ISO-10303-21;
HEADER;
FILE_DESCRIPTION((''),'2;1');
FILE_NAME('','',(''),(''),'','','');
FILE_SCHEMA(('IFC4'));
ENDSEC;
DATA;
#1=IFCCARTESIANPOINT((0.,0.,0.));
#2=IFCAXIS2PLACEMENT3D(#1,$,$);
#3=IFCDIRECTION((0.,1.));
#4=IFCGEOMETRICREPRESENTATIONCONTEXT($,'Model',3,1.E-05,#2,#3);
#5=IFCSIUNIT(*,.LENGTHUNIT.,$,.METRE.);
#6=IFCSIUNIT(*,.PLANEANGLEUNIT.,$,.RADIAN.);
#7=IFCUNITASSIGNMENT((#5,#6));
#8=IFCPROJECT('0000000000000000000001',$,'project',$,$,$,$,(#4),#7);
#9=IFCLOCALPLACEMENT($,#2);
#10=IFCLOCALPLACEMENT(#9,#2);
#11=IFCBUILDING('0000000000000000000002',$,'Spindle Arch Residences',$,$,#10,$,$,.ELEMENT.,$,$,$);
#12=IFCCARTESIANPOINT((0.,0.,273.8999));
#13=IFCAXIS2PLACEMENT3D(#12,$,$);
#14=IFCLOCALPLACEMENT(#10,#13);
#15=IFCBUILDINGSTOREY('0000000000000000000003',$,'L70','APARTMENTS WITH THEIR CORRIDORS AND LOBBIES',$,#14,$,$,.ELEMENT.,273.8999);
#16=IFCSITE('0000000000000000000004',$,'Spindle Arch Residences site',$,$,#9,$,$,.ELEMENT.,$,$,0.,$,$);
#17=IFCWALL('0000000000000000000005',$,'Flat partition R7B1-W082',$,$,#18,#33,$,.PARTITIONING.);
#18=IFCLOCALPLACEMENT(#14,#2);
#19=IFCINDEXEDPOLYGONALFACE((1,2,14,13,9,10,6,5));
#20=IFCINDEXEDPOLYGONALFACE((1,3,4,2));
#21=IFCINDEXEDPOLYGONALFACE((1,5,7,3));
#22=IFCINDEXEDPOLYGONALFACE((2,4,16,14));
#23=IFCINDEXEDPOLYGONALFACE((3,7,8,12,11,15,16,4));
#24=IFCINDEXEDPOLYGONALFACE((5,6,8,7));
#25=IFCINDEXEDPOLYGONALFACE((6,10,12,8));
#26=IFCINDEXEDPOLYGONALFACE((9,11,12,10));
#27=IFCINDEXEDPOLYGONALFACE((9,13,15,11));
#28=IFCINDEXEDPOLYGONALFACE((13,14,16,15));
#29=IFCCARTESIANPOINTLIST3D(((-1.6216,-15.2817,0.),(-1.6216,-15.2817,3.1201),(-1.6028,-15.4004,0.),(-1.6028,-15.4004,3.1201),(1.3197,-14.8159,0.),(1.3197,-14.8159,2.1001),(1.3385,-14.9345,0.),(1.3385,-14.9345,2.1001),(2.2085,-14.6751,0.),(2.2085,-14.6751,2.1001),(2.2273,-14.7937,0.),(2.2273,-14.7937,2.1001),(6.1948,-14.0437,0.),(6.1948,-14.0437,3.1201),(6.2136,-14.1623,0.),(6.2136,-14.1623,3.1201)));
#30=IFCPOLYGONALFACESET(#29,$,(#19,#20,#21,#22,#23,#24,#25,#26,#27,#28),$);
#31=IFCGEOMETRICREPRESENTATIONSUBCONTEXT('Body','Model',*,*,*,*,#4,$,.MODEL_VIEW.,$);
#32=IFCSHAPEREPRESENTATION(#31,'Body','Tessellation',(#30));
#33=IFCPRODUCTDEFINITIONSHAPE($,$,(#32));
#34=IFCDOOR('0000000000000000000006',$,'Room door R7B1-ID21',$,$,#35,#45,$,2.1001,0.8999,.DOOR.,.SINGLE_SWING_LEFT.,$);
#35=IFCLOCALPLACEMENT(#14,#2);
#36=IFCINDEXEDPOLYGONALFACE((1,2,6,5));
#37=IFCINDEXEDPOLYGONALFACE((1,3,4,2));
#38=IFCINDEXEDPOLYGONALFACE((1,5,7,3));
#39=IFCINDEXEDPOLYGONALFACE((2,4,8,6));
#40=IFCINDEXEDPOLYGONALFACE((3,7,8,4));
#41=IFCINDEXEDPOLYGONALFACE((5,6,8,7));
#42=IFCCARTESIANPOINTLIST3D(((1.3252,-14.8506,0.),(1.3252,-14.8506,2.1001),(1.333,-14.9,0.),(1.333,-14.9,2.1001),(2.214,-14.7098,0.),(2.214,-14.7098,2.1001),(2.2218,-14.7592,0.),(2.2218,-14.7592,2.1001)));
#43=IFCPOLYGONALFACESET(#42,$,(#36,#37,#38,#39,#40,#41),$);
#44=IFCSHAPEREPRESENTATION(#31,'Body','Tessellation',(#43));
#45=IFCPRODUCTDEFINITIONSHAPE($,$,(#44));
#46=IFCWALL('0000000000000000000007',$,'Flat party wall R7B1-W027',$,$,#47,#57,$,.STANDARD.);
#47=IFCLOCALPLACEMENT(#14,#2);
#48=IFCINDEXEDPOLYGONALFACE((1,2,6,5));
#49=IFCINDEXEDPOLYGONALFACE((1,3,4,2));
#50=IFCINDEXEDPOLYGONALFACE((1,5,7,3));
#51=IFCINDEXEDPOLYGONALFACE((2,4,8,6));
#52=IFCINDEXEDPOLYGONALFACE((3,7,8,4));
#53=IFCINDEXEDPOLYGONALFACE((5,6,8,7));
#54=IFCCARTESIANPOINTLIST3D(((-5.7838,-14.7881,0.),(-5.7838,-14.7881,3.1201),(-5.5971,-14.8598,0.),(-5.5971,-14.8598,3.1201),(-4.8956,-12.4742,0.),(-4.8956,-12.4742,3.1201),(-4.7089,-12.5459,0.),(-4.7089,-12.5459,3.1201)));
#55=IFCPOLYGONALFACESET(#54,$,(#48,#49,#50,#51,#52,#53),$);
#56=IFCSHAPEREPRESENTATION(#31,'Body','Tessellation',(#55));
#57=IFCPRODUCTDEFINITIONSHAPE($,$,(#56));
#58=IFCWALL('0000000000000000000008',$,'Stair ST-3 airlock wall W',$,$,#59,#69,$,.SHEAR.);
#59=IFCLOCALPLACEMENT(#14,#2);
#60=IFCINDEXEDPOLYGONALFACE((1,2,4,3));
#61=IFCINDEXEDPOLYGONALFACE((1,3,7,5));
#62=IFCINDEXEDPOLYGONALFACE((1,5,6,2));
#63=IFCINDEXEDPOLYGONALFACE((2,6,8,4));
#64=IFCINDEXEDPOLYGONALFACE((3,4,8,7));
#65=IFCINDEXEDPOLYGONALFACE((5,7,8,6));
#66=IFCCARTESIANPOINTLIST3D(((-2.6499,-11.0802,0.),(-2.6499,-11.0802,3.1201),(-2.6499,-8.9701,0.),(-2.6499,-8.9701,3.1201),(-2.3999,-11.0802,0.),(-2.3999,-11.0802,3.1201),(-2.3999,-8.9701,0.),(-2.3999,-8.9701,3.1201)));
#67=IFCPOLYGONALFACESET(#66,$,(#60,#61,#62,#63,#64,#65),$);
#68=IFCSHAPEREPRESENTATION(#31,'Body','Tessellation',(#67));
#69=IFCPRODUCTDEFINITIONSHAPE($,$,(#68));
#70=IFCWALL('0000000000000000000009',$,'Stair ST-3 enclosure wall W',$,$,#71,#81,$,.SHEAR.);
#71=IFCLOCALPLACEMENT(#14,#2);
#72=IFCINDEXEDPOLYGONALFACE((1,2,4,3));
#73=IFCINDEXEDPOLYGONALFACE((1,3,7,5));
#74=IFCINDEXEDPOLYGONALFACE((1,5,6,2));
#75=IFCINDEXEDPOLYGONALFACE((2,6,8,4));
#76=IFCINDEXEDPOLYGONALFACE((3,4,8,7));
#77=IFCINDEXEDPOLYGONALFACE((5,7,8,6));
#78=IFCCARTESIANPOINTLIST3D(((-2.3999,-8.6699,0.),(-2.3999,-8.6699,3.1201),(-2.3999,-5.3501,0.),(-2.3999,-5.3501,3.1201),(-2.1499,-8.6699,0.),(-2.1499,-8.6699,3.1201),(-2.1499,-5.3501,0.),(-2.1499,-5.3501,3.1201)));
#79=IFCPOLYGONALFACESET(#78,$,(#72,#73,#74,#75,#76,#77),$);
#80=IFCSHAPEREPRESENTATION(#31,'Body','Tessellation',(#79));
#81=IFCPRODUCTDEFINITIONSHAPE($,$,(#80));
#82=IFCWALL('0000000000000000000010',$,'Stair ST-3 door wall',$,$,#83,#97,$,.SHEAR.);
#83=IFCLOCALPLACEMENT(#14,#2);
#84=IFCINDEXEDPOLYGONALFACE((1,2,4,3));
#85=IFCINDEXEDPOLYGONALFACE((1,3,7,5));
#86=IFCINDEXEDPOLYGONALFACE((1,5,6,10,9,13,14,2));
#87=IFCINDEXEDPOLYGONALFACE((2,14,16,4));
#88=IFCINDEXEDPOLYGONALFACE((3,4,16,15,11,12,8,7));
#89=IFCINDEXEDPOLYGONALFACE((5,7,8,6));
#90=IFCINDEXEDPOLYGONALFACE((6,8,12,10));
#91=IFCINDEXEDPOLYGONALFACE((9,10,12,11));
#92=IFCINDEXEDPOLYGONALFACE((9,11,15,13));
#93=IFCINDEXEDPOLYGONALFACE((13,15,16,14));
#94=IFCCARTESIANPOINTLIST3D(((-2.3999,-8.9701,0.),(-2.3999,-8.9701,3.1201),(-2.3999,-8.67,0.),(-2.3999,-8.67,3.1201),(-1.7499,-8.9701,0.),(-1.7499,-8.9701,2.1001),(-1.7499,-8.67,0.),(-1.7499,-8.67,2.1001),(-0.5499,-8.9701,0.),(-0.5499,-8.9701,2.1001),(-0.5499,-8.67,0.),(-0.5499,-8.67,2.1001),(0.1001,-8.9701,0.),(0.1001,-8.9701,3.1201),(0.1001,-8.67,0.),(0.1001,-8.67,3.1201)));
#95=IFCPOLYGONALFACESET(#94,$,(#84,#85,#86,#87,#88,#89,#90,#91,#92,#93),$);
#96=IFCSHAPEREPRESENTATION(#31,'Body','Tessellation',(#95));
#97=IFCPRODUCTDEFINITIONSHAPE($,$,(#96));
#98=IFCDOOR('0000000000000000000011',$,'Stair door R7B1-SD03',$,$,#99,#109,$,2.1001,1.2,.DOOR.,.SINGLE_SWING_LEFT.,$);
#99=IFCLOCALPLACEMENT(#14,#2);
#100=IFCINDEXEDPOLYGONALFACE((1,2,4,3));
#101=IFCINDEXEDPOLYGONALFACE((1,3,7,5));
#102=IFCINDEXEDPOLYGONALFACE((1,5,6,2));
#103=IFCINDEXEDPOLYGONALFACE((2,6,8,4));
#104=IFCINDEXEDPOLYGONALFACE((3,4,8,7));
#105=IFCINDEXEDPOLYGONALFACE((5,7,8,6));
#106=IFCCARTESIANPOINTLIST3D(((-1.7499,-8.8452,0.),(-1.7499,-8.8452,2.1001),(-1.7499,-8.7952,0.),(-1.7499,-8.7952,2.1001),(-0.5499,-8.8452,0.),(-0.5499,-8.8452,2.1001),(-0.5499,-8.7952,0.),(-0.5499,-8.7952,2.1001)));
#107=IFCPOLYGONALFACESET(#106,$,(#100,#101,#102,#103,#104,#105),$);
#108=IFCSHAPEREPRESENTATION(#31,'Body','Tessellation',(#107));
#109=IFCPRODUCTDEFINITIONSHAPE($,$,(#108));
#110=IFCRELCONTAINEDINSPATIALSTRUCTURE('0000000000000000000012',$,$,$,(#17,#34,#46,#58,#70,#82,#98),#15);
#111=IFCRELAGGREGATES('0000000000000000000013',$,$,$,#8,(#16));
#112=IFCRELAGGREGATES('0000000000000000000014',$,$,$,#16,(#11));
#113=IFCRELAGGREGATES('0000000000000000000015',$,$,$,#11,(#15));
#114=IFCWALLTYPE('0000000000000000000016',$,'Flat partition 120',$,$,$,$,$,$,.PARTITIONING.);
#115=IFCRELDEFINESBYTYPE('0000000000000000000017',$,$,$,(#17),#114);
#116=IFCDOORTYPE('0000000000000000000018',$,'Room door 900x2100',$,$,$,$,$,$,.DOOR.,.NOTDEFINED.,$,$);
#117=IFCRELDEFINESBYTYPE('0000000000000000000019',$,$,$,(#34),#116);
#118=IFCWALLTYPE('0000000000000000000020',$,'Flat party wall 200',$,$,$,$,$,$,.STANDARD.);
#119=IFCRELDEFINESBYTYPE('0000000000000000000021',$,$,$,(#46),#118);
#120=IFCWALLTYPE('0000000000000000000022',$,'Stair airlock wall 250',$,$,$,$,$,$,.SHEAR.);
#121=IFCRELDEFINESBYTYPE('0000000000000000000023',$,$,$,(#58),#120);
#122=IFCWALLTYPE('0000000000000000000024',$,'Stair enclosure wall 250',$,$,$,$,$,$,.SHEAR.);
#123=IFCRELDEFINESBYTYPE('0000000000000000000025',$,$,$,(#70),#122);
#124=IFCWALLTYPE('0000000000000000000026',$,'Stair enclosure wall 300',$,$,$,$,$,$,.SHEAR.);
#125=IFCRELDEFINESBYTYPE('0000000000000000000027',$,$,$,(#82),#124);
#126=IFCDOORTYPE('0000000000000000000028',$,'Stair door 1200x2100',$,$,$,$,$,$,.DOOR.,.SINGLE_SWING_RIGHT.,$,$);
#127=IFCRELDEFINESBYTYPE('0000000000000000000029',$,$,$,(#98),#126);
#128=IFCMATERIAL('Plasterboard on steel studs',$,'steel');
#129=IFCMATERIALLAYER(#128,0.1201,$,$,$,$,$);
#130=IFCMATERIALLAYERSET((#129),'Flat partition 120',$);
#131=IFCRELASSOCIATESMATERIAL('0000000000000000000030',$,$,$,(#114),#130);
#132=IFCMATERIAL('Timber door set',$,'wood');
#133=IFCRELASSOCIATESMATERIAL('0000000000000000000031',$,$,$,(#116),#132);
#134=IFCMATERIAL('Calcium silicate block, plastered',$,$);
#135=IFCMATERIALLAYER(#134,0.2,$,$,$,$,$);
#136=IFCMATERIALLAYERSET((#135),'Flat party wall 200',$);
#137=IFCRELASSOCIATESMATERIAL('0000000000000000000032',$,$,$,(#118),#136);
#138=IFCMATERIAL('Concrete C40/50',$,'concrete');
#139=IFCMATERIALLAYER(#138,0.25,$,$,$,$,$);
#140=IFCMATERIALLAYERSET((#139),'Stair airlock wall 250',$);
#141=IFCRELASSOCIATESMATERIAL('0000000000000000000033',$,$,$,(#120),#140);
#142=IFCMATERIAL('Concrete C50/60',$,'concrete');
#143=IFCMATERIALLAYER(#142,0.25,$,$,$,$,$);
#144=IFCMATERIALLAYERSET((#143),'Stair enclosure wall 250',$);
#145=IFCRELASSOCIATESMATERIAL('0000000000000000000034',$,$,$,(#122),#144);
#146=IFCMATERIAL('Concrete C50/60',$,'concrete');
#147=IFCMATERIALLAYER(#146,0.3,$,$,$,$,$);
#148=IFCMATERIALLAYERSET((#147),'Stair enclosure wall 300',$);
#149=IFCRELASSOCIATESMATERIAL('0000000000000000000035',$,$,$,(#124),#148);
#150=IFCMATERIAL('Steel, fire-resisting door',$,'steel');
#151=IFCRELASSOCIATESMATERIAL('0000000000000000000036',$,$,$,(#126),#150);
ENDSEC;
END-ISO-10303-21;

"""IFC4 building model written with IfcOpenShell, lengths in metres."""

from ifc_helpers import new_model, si_unit, direction, frame, frame_2d, origin, place, context, subcontext, project, spatial, rectangle, extrude, material, layer, layer_set, type_object, element, fill, save


model = new_model("IFC4")

# Units and contexts
model_context = context("Model", 3, precision=1e-05, world=origin(), true_north=direction((0.0, 1.0)))
body_context = subcontext(model_context, "Body", "Model", "MODEL_VIEW")
ifc_project = project(units=[si_unit("LENGTHUNIT", "METRE"), si_unit("PLANEANGLEUNIT", "RADIAN")], contexts=[model_context])

# Site, building, storey
site_placement = place(None, origin())
site = spatial("IfcSite", under=ifc_project, at=site_placement, Name="Spindle Arch Residences site", CompositionType="ELEMENT", RefElevation=0.0)
building_placement = place(site_placement, origin())
building = spatial("IfcBuilding", under=site, at=building_placement, Name="Spindle Arch Residences", CompositionType="ELEMENT")
storey_placement = place(building_placement, frame((0.0, 0.0, 273.8999)))
storey = spatial("IfcBuildingStorey", under=building, at=storey_placement, Name="L70", Description="APARTMENTS WITH THEIR CORRIDORS AND LOBBIES", CompositionType="ELEMENT", Elevation=273.8999)

# Wall, opening, door
ifc_material_1 = material(Name="Plasterboard on steel studs", Category="steel")
ifc_layer_1 = layer(ifc_material_1, 0.1201)
ifc_layer_set_1 = layer_set([ifc_layer_1], Name="Flat partition 120")
wall_type_1 = type_object("IfcWallType", Name="Flat partition 120", PredefinedType="PARTITIONING", material=ifc_layer_set_1)
ifc_material_2 = material(Name="Timber door set", Category="wood")
door_type_1 = type_object("IfcDoorType", Name="Room door 900x2100", OperationType="NOTDEFINED", PredefinedType="DOOR", material=ifc_material_2)
wall_1_placement = place(storey_placement, frame((-1.6123, -15.3411, 0.0), z_axis=(0.0, 0.0, 1.0), x_axis=(0.987688, 0.156439, 0.0)))
wall_1 = element("IfcWall", 1, at=wall_1_placement, inside=storey, type_object=wall_type_1, Name="Flat partition R7B1-W082", PredefinedType="PARTITIONING", context=body_context, shape_type="SweptSolid", body=[
    extrude(rectangle(XDim=7.9138, YDim=0.1201, at=frame_2d((3.957, 0.0))), origin(), (0.0, 0.0, 1.0), 3.1201),
])
opening_1_placement = place(wall_1_placement, frame((2.978, 0.0, 0.0)))
opening_1 = element("IfcOpeningElement", 2, at=opening_1_placement, cuts=wall_1, PredefinedType="OPENING", context=body_context, shape_type="SweptSolid", body=[
    extrude(rectangle(XDim=0.8999, YDim=2.1001, at=frame_2d((0.45, 1.05))), frame((0.0, 0.0701, 0.0), z_axis=(0.0, -1.0, 0.0), x_axis=(1.0, 0.0, 0.0)), (0.0, 0.0, 1.0), 0.1401),
])
door_1_placement = place(opening_1_placement, origin())
door_1 = element("IfcDoor", 3, at=door_1_placement, inside=storey, type_object=door_type_1, Name="Room door R7B1-ID21", OperationType="SINGLE_SWING_LEFT", OverallHeight=2.1001, OverallWidth=0.8999, PredefinedType="DOOR", context=body_context, shape_type="SweptSolid", body=[
    extrude(rectangle(XDim=0.8999, YDim=2.1001, at=frame_2d((0.45, 1.05))), frame((0.0, 0.0249, 0.0), z_axis=(0.0, -1.0, 0.0), x_axis=(1.0, 0.0, 0.0)), (0.0, 0.0, 1.0), 0.05),
])
fill(opening_1, door_1)

# Walls
ifc_material_3 = material(Name="Calcium silicate block, plastered")
ifc_layer_2 = layer(ifc_material_3, 0.2)
ifc_layer_set_2 = layer_set([ifc_layer_2], Name="Flat party wall 200")
wall_type_2 = type_object("IfcWallType", Name="Flat party wall 200", PredefinedType="STANDARD", material=ifc_layer_set_2)
wall_2_placement = place(storey_placement, frame((-5.6904, -14.824, 0.0), z_axis=(0.0, 0.0, 1.0), x_axis=(0.358345, 0.933589, 0.0)))
element("IfcWall", 4, at=wall_2_placement, inside=storey, type_object=wall_type_2, Name="Flat party wall R7B1-W027", PredefinedType="STANDARD", context=body_context, shape_type="SweptSolid", body=[
    extrude(rectangle(XDim=2.4785, YDim=0.2, at=frame_2d((1.2393, 0.0))), origin(), (0.0, 0.0, 1.0), 3.1201),
])
ifc_material_4 = material(Name="Concrete C40/50", Category="concrete")
ifc_layer_3 = layer(ifc_material_4, 0.25)
ifc_layer_set_3 = layer_set([ifc_layer_3], Name="Stair airlock wall 250")
wall_type_3 = type_object("IfcWallType", Name="Stair airlock wall 250", PredefinedType="SHEAR", material=ifc_layer_set_3)
wall_3_placement = place(storey_placement, frame((-2.5249, -8.97, 0.0), z_axis=(0.0, 0.0, 1.0), x_axis=(0.0, -1.0, 0.0)))
element("IfcWall", 5, at=wall_3_placement, inside=storey, type_object=wall_type_3, Name="Stair ST-3 airlock wall W", PredefinedType="SHEAR", context=body_context, shape_type="SweptSolid", body=[
    extrude(rectangle(XDim=2.1101, YDim=0.25, at=frame_2d((1.0552, 0.0))), origin(), (0.0, 0.0, 1.0), 3.1201),
])
ifc_material_5 = material(Name="Concrete C50/60", Category="concrete")
ifc_layer_4 = layer(ifc_material_5, 0.25)
ifc_layer_set_4 = layer_set([ifc_layer_4], Name="Stair enclosure wall 250")
wall_type_4 = type_object("IfcWallType", Name="Stair enclosure wall 250", PredefinedType="SHEAR", material=ifc_layer_set_4)
wall_4_placement = place(storey_placement, frame((-2.2749, -8.6699, 0.0), z_axis=(0.0, 0.0, 1.0), x_axis=(0.0, 1.0, 0.0)))
element("IfcWall", 6, at=wall_4_placement, inside=storey, type_object=wall_type_4, Name="Stair ST-3 enclosure wall W", PredefinedType="SHEAR", context=body_context, shape_type="SweptSolid", body=[
    extrude(rectangle(XDim=3.3198, YDim=0.25, at=frame_2d((1.6599, 0.0))), origin(), (0.0, 0.0, 1.0), 3.1201),
])

# Wall, opening, door
ifc_material_6 = material(Name="Concrete C50/60", Category="concrete")
ifc_layer_5 = layer(ifc_material_6, 0.3)
ifc_layer_set_5 = layer_set([ifc_layer_5], Name="Stair enclosure wall 300")
wall_type_5 = type_object("IfcWallType", Name="Stair enclosure wall 300", PredefinedType="SHEAR", material=ifc_layer_set_5)
wall_5_placement = place(storey_placement, frame((-2.3999, -8.8201, 0.0), z_axis=(0.0, 0.0, 1.0), x_axis=(1.0, 0.0, 0.0)))
wall_5 = element("IfcWall", 7, at=wall_5_placement, inside=storey, type_object=wall_type_5, Name="Stair ST-3 door wall", PredefinedType="SHEAR", context=body_context, shape_type="SweptSolid", body=[
    extrude(rectangle(XDim=2.5, YDim=0.3, at=frame_2d((1.25, 0.0))), origin(), (0.0, 0.0, 1.0), 3.1201),
])
opening_2_placement = place(wall_5_placement, frame((0.6499, 0.0, 0.0)))
opening_2 = element("IfcOpeningElement", 8, at=opening_2_placement, cuts=wall_5, PredefinedType="OPENING", context=body_context, shape_type="SweptSolid", body=[
    extrude(rectangle(XDim=1.2, YDim=2.1001, at=frame_2d((0.6001, 1.05))), frame((0.0, 0.1602, 0.0), z_axis=(0.0, -1.0, 0.0), x_axis=(1.0, 0.0, 0.0)), (0.0, 0.0, 1.0), 0.3201),
])
ifc_material_7 = material(Name="Steel, fire-resisting door", Category="steel")
door_type_2 = type_object("IfcDoorType", Name="Stair door 1200x2100", OperationType="SINGLE_SWING_RIGHT", PredefinedType="DOOR", material=ifc_material_7)
door_2_placement = place(opening_2_placement, origin())
door_2 = element("IfcDoor", 9, at=door_2_placement, inside=storey, type_object=door_type_2, Name="Stair door R7B1-SD03", OperationType="SINGLE_SWING_LEFT", OverallHeight=2.1001, OverallWidth=1.2, PredefinedType="DOOR", context=body_context, shape_type="SweptSolid", body=[
    extrude(rectangle(XDim=1.2, YDim=2.1001, at=frame_2d((0.6001, 1.05))), frame((0.0, 0.0249, 0.0), z_axis=(0.0, -1.0, 0.0), x_axis=(1.0, 0.0, 0.0)), (0.0, 0.0, 1.0), 0.05),
])
fill(opening_2, door_2)

save(model, "model.ifc")
